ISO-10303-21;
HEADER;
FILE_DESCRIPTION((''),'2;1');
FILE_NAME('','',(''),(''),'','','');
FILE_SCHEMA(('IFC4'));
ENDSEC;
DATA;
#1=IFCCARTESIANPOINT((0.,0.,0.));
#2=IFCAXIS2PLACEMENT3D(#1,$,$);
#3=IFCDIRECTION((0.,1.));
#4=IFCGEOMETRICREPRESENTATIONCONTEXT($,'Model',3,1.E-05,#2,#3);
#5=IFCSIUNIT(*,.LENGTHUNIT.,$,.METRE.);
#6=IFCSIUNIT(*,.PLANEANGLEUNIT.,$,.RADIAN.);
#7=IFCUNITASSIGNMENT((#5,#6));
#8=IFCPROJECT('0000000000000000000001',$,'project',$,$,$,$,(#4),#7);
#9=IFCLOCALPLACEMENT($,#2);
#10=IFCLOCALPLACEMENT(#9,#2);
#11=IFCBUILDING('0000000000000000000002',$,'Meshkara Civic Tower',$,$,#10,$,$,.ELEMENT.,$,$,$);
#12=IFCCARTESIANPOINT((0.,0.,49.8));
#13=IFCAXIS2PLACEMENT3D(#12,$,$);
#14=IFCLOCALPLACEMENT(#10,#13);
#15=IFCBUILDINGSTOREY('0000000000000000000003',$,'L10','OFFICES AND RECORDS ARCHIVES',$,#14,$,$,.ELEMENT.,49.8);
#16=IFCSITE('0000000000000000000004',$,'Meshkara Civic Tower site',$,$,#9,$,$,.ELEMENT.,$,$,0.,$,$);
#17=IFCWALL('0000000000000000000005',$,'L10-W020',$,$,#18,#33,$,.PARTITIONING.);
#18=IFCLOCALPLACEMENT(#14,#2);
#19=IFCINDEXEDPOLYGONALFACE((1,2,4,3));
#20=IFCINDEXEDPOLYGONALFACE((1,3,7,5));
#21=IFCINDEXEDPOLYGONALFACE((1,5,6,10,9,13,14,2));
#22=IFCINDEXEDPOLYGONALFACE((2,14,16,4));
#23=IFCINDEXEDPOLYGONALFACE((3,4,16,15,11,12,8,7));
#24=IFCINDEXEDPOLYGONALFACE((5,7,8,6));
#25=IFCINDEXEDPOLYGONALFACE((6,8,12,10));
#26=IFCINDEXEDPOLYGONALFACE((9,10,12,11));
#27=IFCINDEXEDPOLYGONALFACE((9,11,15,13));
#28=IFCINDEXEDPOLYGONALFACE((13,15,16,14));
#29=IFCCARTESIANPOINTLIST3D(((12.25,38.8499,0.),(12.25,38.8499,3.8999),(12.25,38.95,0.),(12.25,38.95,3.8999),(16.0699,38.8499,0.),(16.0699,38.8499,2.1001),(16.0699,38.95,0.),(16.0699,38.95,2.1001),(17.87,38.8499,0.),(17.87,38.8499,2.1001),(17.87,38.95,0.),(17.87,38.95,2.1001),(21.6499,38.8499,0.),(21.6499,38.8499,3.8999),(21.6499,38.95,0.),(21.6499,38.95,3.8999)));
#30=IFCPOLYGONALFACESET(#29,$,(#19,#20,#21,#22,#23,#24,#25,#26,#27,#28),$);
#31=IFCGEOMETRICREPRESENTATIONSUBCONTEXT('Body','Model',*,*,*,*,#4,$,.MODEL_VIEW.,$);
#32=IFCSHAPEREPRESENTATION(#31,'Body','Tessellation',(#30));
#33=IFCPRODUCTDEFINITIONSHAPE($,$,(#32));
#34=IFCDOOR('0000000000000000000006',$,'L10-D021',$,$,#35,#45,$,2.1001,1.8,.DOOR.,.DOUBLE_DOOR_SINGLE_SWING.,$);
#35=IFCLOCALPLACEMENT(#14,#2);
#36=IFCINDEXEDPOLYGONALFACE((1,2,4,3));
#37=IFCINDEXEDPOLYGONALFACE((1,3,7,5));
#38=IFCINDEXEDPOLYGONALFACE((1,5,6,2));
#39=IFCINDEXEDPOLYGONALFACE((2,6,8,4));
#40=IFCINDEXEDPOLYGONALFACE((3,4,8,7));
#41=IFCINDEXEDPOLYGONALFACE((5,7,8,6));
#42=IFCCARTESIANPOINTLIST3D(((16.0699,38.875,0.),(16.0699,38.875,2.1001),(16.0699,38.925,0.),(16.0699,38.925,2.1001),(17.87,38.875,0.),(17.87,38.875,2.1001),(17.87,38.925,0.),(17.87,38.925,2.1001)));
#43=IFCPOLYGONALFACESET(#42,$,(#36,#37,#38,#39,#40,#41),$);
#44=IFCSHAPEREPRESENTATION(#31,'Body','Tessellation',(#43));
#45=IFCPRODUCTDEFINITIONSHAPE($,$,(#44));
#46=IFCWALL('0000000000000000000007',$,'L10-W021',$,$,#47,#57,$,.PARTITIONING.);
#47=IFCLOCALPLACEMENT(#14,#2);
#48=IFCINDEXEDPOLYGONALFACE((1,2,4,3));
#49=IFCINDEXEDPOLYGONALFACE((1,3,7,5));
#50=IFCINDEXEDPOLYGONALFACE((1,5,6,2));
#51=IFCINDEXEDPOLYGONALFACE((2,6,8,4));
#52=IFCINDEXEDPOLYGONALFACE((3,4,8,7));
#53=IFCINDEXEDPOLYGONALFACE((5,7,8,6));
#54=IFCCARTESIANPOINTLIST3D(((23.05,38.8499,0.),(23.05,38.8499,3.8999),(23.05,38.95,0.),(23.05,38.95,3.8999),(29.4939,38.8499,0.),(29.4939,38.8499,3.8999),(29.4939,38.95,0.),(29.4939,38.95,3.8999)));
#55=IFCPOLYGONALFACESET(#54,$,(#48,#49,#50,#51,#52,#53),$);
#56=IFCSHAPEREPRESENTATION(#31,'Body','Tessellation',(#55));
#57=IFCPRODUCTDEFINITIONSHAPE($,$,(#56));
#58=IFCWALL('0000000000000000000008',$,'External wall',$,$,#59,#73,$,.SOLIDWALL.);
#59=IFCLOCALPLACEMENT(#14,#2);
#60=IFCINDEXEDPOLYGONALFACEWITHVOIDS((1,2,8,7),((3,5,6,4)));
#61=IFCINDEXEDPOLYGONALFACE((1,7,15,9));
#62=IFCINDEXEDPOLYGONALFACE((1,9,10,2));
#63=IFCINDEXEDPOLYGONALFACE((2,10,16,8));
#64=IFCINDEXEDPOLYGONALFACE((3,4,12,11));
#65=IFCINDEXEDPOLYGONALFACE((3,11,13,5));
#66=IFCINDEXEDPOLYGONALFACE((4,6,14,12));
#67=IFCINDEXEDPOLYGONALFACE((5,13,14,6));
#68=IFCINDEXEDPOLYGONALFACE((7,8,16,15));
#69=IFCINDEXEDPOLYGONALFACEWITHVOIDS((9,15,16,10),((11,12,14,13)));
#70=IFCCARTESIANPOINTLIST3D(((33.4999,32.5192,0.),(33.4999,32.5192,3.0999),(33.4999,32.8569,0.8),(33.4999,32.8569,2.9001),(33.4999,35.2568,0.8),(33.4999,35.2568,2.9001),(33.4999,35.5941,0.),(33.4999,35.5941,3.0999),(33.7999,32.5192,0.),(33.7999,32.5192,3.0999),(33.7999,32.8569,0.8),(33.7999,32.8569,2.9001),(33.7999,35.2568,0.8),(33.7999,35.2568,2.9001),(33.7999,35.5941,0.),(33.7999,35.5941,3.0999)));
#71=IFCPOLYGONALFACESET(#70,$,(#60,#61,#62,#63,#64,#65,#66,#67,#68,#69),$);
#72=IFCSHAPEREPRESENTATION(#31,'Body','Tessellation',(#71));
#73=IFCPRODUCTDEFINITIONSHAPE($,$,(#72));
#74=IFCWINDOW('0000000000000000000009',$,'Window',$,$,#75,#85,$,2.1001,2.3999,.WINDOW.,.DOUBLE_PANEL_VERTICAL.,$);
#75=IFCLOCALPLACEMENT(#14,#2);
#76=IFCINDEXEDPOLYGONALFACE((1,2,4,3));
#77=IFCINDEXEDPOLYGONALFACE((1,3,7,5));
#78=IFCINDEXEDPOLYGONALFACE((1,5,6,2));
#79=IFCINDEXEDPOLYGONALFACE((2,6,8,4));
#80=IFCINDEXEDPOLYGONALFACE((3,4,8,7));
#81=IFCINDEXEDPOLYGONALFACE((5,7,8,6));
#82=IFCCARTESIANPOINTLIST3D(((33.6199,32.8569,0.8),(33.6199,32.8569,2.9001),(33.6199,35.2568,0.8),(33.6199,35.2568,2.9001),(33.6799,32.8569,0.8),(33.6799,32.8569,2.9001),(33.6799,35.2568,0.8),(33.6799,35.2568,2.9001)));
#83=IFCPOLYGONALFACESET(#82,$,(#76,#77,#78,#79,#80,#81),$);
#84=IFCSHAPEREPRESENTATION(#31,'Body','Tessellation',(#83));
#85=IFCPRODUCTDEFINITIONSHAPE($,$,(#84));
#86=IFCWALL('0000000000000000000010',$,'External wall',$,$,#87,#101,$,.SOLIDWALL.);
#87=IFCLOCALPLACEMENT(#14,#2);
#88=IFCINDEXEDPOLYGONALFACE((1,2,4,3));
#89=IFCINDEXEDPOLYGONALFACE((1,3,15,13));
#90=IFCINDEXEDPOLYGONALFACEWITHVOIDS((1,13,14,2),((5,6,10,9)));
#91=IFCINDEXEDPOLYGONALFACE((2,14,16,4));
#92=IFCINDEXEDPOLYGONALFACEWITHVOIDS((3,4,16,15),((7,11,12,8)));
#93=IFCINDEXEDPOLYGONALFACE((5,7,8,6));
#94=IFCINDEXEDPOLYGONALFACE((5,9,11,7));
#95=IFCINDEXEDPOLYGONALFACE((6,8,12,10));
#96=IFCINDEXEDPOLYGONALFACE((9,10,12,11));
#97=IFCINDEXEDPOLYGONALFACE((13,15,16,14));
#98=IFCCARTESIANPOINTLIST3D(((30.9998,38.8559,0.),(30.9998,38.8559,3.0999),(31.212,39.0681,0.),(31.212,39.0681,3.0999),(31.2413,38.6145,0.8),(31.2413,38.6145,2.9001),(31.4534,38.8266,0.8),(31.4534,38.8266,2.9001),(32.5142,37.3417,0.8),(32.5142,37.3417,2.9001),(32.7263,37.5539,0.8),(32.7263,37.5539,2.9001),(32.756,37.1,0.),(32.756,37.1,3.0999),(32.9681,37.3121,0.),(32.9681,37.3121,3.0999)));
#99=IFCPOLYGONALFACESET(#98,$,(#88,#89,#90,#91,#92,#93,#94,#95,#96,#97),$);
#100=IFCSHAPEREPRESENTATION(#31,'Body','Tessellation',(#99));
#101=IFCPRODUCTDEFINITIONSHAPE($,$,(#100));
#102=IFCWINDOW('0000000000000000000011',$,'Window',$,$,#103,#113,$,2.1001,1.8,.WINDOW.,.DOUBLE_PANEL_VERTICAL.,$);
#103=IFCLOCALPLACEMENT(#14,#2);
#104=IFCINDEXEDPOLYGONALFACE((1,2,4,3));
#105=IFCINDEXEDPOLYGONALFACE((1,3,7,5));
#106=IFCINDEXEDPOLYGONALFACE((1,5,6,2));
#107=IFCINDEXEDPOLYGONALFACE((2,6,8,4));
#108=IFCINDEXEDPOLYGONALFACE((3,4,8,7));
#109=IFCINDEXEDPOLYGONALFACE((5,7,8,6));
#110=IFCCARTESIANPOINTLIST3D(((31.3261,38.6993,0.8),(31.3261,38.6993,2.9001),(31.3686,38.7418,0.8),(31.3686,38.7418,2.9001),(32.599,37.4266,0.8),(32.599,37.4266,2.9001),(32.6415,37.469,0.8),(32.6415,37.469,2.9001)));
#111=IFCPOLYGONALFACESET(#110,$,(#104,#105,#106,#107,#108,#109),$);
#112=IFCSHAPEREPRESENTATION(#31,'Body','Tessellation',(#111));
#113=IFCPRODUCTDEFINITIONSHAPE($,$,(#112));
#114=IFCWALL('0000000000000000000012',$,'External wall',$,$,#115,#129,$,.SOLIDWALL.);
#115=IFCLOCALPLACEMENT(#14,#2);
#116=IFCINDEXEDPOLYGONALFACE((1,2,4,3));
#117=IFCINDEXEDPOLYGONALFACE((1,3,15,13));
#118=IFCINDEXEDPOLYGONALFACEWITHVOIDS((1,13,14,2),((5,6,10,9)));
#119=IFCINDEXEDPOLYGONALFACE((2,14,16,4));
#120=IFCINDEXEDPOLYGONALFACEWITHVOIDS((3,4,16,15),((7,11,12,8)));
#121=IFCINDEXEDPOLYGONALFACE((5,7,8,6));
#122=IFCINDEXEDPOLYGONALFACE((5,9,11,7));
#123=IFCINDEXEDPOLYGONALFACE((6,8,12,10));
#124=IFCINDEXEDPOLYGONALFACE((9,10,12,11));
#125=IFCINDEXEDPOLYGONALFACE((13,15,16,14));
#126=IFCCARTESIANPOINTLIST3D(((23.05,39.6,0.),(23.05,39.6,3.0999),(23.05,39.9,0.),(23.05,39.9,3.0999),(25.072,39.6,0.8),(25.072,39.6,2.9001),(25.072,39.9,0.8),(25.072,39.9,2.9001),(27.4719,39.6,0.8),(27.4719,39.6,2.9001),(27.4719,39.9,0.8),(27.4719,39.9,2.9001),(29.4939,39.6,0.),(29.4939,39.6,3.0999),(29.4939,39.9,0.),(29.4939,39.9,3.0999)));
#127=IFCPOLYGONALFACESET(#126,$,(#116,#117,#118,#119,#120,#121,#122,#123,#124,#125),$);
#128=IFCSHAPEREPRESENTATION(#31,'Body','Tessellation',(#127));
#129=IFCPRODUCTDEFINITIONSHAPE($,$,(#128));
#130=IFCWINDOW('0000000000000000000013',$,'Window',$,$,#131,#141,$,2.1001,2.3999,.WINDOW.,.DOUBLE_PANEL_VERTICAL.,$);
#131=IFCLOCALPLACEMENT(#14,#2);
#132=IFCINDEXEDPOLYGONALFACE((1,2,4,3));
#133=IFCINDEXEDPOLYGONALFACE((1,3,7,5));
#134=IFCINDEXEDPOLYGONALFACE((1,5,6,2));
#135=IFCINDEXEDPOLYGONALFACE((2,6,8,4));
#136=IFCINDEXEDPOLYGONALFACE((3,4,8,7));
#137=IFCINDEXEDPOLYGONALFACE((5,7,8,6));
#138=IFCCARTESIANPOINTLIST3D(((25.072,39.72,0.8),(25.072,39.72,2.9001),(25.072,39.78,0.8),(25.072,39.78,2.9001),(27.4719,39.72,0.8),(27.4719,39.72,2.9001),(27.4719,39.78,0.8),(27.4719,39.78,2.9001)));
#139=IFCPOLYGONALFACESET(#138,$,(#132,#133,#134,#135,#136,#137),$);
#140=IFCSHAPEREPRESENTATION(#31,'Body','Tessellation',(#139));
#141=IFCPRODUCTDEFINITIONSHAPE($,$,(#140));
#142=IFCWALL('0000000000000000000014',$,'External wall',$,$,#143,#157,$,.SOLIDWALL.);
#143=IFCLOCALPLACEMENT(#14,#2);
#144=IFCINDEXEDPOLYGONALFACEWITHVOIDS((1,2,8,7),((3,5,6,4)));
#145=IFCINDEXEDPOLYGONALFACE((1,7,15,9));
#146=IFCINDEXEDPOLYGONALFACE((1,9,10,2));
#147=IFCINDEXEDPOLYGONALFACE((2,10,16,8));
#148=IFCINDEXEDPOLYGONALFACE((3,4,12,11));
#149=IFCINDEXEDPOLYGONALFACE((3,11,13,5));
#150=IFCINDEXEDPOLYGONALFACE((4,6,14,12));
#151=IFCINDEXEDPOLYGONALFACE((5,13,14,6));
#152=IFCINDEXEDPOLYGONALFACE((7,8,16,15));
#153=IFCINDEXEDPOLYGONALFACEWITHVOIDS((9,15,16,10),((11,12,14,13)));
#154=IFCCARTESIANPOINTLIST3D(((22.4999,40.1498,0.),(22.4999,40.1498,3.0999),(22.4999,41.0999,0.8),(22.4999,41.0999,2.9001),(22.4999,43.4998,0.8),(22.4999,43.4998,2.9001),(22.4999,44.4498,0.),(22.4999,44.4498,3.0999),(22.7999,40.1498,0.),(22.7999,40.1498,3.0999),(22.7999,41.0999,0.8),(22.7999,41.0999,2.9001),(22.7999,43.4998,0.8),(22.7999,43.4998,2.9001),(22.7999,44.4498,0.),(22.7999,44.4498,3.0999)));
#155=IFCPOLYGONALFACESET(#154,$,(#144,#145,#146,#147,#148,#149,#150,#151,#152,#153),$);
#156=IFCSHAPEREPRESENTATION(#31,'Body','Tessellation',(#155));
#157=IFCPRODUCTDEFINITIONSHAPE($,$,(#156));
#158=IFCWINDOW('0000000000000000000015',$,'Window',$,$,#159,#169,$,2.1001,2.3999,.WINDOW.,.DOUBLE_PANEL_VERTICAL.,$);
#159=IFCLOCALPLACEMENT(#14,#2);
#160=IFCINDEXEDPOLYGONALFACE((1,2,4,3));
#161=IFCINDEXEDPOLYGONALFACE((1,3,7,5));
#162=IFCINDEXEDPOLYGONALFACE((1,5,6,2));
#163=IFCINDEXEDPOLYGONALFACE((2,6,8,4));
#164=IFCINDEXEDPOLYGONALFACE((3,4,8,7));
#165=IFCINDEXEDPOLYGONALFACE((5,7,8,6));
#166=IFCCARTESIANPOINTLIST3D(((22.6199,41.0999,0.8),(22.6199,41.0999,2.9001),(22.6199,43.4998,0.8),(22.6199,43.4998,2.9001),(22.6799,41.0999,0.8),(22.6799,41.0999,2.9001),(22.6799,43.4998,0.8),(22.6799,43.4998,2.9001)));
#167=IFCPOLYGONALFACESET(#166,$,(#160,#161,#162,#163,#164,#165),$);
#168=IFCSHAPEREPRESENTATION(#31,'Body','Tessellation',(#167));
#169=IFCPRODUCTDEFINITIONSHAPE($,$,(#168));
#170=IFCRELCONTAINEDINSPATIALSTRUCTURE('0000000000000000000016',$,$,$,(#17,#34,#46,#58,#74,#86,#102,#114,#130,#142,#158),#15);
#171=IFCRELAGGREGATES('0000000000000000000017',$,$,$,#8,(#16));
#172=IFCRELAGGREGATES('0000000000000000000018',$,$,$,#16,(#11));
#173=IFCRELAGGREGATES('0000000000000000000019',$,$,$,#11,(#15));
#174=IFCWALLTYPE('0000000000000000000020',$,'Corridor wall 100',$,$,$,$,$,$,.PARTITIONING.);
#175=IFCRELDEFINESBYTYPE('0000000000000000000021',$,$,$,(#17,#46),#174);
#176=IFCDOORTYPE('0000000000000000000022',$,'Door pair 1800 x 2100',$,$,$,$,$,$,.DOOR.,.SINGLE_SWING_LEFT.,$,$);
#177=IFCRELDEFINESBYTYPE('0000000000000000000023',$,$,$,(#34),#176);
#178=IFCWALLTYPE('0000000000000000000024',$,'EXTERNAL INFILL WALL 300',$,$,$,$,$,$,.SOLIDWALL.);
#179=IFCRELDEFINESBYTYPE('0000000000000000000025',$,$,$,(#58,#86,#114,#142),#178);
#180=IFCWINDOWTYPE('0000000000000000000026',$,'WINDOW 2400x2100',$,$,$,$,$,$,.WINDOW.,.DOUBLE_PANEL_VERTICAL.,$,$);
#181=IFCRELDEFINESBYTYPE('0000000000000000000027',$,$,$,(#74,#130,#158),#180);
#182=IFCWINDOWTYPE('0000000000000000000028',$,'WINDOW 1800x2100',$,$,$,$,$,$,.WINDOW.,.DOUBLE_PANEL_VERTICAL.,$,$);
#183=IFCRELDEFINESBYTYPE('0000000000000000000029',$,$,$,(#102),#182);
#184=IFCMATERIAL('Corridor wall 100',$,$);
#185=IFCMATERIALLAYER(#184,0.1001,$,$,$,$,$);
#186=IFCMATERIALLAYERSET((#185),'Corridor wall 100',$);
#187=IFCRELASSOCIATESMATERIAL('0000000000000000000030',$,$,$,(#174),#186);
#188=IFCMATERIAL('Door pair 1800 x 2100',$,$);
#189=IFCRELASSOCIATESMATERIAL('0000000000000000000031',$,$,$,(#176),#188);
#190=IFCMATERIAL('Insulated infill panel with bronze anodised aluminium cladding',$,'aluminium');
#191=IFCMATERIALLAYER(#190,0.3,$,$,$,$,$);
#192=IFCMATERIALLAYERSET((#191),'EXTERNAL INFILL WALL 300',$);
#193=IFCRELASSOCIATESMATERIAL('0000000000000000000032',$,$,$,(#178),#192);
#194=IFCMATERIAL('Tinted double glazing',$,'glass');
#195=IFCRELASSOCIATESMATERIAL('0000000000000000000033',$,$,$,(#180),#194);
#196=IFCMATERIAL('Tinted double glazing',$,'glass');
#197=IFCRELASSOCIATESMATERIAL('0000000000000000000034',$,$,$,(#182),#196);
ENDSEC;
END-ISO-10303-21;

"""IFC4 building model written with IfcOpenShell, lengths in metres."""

from ifc_helpers import new_model, si_unit, direction, frame, frame_2d, origin, place, context, subcontext, project, spatial, rectangle, extrude, material, layer, layer_set, type_object, element, fill, save


model = new_model("IFC4")

# Units and contexts
model_context = context("Model", 3, precision=1e-05, world=origin(), true_north=direction((0.0, 1.0)))
body_context = subcontext(model_context, "Body", "Model", "MODEL_VIEW")
ifc_project = project(units=[si_unit("LENGTHUNIT", "METRE"), si_unit("PLANEANGLEUNIT", "RADIAN")], contexts=[model_context])

# Site, building, storey
site_placement = place(None, origin())
site = spatial("IfcSite", under=ifc_project, at=site_placement, Name="Meshkara Civic Tower site", CompositionType="ELEMENT", RefElevation=0.0)
building_placement = place(site_placement, origin())
building = spatial("IfcBuilding", under=site, at=building_placement, Name="Meshkara Civic Tower", CompositionType="ELEMENT")
storey_placement = place(building_placement, frame((0.0, 0.0, 49.8)))
storey = spatial("IfcBuildingStorey", under=building, at=storey_placement, Name="L10", Description="OFFICES AND RECORDS ARCHIVES", CompositionType="ELEMENT", Elevation=49.8)

# Wall, opening, door
ifc_material_1 = material(Name="Corridor wall 100")
ifc_layer_1 = layer(ifc_material_1, 0.1001)
ifc_layer_set_1 = layer_set([ifc_layer_1], Name="Corridor wall 100")
wall_type_1 = type_object("IfcWallType", Name="Corridor wall 100", PredefinedType="PARTITIONING", material=ifc_layer_set_1)
wall_1_placement = place(storey_placement, frame((21.6499, 38.8999, 0.0), z_axis=(0.0, 0.0, 1.0), x_axis=(-1.0, 0.0, 0.0)))
wall_1 = element("IfcWall", 1, at=wall_1_placement, inside=storey, type_object=wall_type_1, Name="L10-W020", PredefinedType="PARTITIONING", context=body_context, shape_type="SweptSolid", body=[
    extrude(rectangle(XDim=9.3999, YDim=0.1001, at=frame_2d((4.7, 0.0))), origin(), (0.0, 0.0, 1.0), 3.8999),
])
opening_1_placement = place(wall_1_placement, frame((3.78, 0.0, 0.0)))
opening_1 = element("IfcOpeningElement", 2, at=opening_1_placement, cuts=wall_1, PredefinedType="OPENING", context=body_context, shape_type="SweptSolid", body=[
    extrude(rectangle(XDim=1.8, YDim=2.1001, at=frame_2d((0.8999, 1.05))), frame((0.0, 0.0601, 0.0), z_axis=(0.0, -1.0, 0.0), x_axis=(1.0, 0.0, 0.0)), (0.0, 0.0, 1.0), 0.1201),
])
ifc_material_2 = material(Name="Door pair 1800 x 2100")
door_type_1 = type_object("IfcDoorType", Name="Door pair 1800 x 2100", OperationType="SINGLE_SWING_LEFT", PredefinedType="DOOR", material=ifc_material_2)
door_1_placement = place(opening_1_placement, origin())
door_1 = element("IfcDoor", 3, at=door_1_placement, inside=storey, type_object=door_type_1, Name="L10-D021", OperationType="DOUBLE_DOOR_SINGLE_SWING", OverallHeight=2.1001, OverallWidth=1.8, PredefinedType="DOOR", context=body_context, shape_type="SweptSolid", body=[
    extrude(rectangle(XDim=1.8, YDim=2.1001, at=frame_2d((0.8999, 1.05))), frame((0.0, 0.0249, 0.0), z_axis=(0.0, -1.0, 0.0), x_axis=(1.0, 0.0, 0.0)), (0.0, 0.0, 1.0), 0.05),
])
fill(opening_1, door_1)

# Wall
wall_2_placement = place(storey_placement, frame((29.4939, 38.8999, 0.0), z_axis=(0.0, 0.0, 1.0), x_axis=(-1.0, 0.0, 0.0)))
element("IfcWall", 4, at=wall_2_placement, inside=storey, type_object=wall_type_1, Name="L10-W021", PredefinedType="PARTITIONING", context=body_context, shape_type="SweptSolid", body=[
    extrude(rectangle(XDim=6.4438, YDim=0.1001, at=frame_2d((3.2219, 0.0))), origin(), (0.0, 0.0, 1.0), 3.8999),
])

# Walls, openings, windows
ifc_material_3 = material(Name="Insulated infill panel with bronze anodised aluminium cladding", Category="aluminium")
ifc_layer_2 = layer(ifc_material_3, 0.3)
ifc_layer_set_2 = layer_set([ifc_layer_2], Name="EXTERNAL INFILL WALL 300")
wall_type_2 = type_object("IfcWallType", Name="EXTERNAL INFILL WALL 300", PredefinedType="SOLIDWALL", material=ifc_layer_set_2)
wall_3_placement = place(storey_placement, frame((33.6499, 32.519, 0.0), z_axis=(0.0, 0.0, 1.0), x_axis=(0.0, 1.0, 0.0)))
wall_3 = element("IfcWall", 5, at=wall_3_placement, inside=storey, type_object=wall_type_2, Name="External wall", PredefinedType="SOLIDWALL", context=body_context, shape_type="SweptSolid", body=[
    extrude(rectangle(XDim=3.075, YDim=0.3, at=frame_2d((1.5376, 0.0))), origin(), (0.0, 0.0, 1.0), 3.0999),
])
opening_2_placement = place(wall_3_placement, frame((0.3379, 0.0, 0.8)))
opening_2 = element("IfcOpeningElement", 6, at=opening_2_placement, cuts=wall_3, PredefinedType="OPENING", context=body_context, shape_type="SweptSolid", body=[
    extrude(rectangle(XDim=2.3999, YDim=2.1001, at=frame_2d((1.2, 1.05))), frame((0.0, 0.1599, 0.0), z_axis=(0.0, -1.0, 0.0), x_axis=(1.0, 0.0, 0.0)), (0.0, 0.0, 1.0), 0.3201),
])
ifc_material_4 = material(Name="Tinted double glazing", Category="glass")
window_type_1 = type_object("IfcWindowType", Name="WINDOW 2400x2100", PartitioningType="DOUBLE_PANEL_VERTICAL", PredefinedType="WINDOW", material=ifc_material_4)
window_1_placement = place(opening_2_placement, origin())
window_1 = element("IfcWindow", 7, at=window_1_placement, inside=storey, type_object=window_type_1, Name="Window", OverallHeight=2.1001, OverallWidth=2.3999, PartitioningType="DOUBLE_PANEL_VERTICAL", PredefinedType="WINDOW", context=body_context, shape_type="SweptSolid", body=[
    extrude(rectangle(XDim=2.3999, YDim=2.1001, at=frame_2d((1.2, 1.05))), frame((0.0, 0.03, 0.0), z_axis=(0.0, -1.0, 0.0), x_axis=(1.0, 0.0, 0.0)), (0.0, 0.0, 1.0), 0.0601),
])
fill(opening_2, window_1)
wall_4_placement = place(storey_placement, frame((32.8621, 37.2061, 0.0), z_axis=(0.0, 0.0, 1.0), x_axis=(-0.707156, 0.707058, 0.0)))
wall_4 = element("IfcWall", 8, at=wall_4_placement, inside=storey, type_object=wall_type_2, Name="External wall", PredefinedType="SOLIDWALL", context=body_context, shape_type="SweptSolid", body=[
    extrude(rectangle(XDim=2.4834, YDim=0.3, at=frame_2d((1.2417, 0.0))), origin(), (0.0, 0.0, 1.0), 3.0999),
])
opening_3_placement = place(wall_4_placement, frame((0.342, 0.0, 0.8)))
opening_3 = element("IfcOpeningElement", 9, at=opening_3_placement, cuts=wall_4, PredefinedType="OPENING", context=body_context, shape_type="SweptSolid", body=[
    extrude(rectangle(XDim=1.8, YDim=2.1001, at=frame_2d((0.8999, 1.05))), frame((0.0, 0.1599, 0.0), z_axis=(0.0, -1.0, 0.0), x_axis=(1.0, 0.0, 0.0)), (0.0, 0.0, 1.0), 0.3201),
])
ifc_material_5 = material(Name="Tinted double glazing", Category="glass")
window_type_2 = type_object("IfcWindowType", Name="WINDOW 1800x2100", PartitioningType="DOUBLE_PANEL_VERTICAL", PredefinedType="WINDOW", material=ifc_material_5)
window_2_placement = place(opening_3_placement, origin())
window_2 = element("IfcWindow", 10, at=window_2_placement, inside=storey, type_object=window_type_2, Name="Window", OverallHeight=2.1001, OverallWidth=1.8, PartitioningType="DOUBLE_PANEL_VERTICAL", PredefinedType="WINDOW", context=body_context, shape_type="SweptSolid", body=[
    extrude(rectangle(XDim=1.8, YDim=2.1001, at=frame_2d((0.8999, 1.05))), frame((0.0, 0.03, 0.0), z_axis=(0.0, -1.0, 0.0), x_axis=(1.0, 0.0, 0.0)), (0.0, 0.0, 1.0), 0.0601),
])
fill(opening_3, window_2)
wall_5_placement = place(storey_placement, frame((29.4939, 39.75, 0.0), z_axis=(0.0, 0.0, 1.0), x_axis=(-1.0, 0.0, 0.0)))
wall_5 = element("IfcWall", 11, at=wall_5_placement, inside=storey, type_object=wall_type_2, Name="External wall", PredefinedType="SOLIDWALL", context=body_context, shape_type="SweptSolid", body=[
    extrude(rectangle(XDim=6.4438, YDim=0.3, at=frame_2d((3.2219, 0.0))), origin(), (0.0, 0.0, 1.0), 3.0999),
])
opening_4_placement = place(wall_5_placement, frame((2.022, 0.0, 0.8)))
opening_4 = element("IfcOpeningElement", 12, at=opening_4_placement, cuts=wall_5, PredefinedType="OPENING", context=body_context, shape_type="SweptSolid", body=[
    extrude(rectangle(XDim=2.3999, YDim=2.1001, at=frame_2d((1.2, 1.05))), frame((0.0, 0.1599, 0.0), z_axis=(0.0, -1.0, 0.0), x_axis=(1.0, 0.0, 0.0)), (0.0, 0.0, 1.0), 0.3201),
])
window_3_placement = place(opening_4_placement, origin())
window_3 = element("IfcWindow", 13, at=window_3_placement, inside=storey, type_object=window_type_1, Name="Window", OverallHeight=2.1001, OverallWidth=2.3999, PartitioningType="DOUBLE_PANEL_VERTICAL", PredefinedType="WINDOW", context=body_context, shape_type="SweptSolid", body=[
    extrude(rectangle(XDim=2.3999, YDim=2.1001, at=frame_2d((1.2, 1.05))), frame((0.0, 0.03, 0.0), z_axis=(0.0, -1.0, 0.0), x_axis=(1.0, 0.0, 0.0)), (0.0, 0.0, 1.0), 0.0601),
])
fill(opening_4, window_3)
wall_6_placement = place(storey_placement, frame((22.6499, 40.1499, 0.0), z_axis=(0.0, 0.0, 1.0), x_axis=(0.0, 1.0, 0.0)))
wall_6 = element("IfcWall", 14, at=wall_6_placement, inside=storey, type_object=wall_type_2, Name="External wall", PredefinedType="SOLIDWALL", context=body_context, shape_type="SweptSolid", body=[
    extrude(rectangle(XDim=4.3, YDim=0.3, at=frame_2d((2.1499, 0.0))), origin(), (0.0, 0.0, 1.0), 3.0999),
])
opening_5_placement = place(wall_6_placement, frame((0.95, 0.0, 0.8)))
opening_5 = element("IfcOpeningElement", 15, at=opening_5_placement, cuts=wall_6, PredefinedType="OPENING", context=body_context, shape_type="SweptSolid", body=[
    extrude(rectangle(XDim=2.3999, YDim=2.1001, at=frame_2d((1.2, 1.05))), frame((0.0, 0.1599, 0.0), z_axis=(0.0, -1.0, 0.0), x_axis=(1.0, 0.0, 0.0)), (0.0, 0.0, 1.0), 0.3201),
])
window_4_placement = place(opening_5_placement, origin())
window_4 = element("IfcWindow", 16, at=window_4_placement, inside=storey, type_object=window_type_1, Name="Window", OverallHeight=2.1001, OverallWidth=2.3999, PartitioningType="DOUBLE_PANEL_VERTICAL", PredefinedType="WINDOW", context=body_context, shape_type="SweptSolid", body=[
    extrude(rectangle(XDim=2.3999, YDim=2.1001, at=frame_2d((1.2, 1.05))), frame((0.0, 0.03, 0.0), z_axis=(0.0, -1.0, 0.0), x_axis=(1.0, 0.0, 0.0)), (0.0, 0.0, 1.0), 0.0601),
])
fill(opening_5, window_4)

save(model, "model.ifc")
